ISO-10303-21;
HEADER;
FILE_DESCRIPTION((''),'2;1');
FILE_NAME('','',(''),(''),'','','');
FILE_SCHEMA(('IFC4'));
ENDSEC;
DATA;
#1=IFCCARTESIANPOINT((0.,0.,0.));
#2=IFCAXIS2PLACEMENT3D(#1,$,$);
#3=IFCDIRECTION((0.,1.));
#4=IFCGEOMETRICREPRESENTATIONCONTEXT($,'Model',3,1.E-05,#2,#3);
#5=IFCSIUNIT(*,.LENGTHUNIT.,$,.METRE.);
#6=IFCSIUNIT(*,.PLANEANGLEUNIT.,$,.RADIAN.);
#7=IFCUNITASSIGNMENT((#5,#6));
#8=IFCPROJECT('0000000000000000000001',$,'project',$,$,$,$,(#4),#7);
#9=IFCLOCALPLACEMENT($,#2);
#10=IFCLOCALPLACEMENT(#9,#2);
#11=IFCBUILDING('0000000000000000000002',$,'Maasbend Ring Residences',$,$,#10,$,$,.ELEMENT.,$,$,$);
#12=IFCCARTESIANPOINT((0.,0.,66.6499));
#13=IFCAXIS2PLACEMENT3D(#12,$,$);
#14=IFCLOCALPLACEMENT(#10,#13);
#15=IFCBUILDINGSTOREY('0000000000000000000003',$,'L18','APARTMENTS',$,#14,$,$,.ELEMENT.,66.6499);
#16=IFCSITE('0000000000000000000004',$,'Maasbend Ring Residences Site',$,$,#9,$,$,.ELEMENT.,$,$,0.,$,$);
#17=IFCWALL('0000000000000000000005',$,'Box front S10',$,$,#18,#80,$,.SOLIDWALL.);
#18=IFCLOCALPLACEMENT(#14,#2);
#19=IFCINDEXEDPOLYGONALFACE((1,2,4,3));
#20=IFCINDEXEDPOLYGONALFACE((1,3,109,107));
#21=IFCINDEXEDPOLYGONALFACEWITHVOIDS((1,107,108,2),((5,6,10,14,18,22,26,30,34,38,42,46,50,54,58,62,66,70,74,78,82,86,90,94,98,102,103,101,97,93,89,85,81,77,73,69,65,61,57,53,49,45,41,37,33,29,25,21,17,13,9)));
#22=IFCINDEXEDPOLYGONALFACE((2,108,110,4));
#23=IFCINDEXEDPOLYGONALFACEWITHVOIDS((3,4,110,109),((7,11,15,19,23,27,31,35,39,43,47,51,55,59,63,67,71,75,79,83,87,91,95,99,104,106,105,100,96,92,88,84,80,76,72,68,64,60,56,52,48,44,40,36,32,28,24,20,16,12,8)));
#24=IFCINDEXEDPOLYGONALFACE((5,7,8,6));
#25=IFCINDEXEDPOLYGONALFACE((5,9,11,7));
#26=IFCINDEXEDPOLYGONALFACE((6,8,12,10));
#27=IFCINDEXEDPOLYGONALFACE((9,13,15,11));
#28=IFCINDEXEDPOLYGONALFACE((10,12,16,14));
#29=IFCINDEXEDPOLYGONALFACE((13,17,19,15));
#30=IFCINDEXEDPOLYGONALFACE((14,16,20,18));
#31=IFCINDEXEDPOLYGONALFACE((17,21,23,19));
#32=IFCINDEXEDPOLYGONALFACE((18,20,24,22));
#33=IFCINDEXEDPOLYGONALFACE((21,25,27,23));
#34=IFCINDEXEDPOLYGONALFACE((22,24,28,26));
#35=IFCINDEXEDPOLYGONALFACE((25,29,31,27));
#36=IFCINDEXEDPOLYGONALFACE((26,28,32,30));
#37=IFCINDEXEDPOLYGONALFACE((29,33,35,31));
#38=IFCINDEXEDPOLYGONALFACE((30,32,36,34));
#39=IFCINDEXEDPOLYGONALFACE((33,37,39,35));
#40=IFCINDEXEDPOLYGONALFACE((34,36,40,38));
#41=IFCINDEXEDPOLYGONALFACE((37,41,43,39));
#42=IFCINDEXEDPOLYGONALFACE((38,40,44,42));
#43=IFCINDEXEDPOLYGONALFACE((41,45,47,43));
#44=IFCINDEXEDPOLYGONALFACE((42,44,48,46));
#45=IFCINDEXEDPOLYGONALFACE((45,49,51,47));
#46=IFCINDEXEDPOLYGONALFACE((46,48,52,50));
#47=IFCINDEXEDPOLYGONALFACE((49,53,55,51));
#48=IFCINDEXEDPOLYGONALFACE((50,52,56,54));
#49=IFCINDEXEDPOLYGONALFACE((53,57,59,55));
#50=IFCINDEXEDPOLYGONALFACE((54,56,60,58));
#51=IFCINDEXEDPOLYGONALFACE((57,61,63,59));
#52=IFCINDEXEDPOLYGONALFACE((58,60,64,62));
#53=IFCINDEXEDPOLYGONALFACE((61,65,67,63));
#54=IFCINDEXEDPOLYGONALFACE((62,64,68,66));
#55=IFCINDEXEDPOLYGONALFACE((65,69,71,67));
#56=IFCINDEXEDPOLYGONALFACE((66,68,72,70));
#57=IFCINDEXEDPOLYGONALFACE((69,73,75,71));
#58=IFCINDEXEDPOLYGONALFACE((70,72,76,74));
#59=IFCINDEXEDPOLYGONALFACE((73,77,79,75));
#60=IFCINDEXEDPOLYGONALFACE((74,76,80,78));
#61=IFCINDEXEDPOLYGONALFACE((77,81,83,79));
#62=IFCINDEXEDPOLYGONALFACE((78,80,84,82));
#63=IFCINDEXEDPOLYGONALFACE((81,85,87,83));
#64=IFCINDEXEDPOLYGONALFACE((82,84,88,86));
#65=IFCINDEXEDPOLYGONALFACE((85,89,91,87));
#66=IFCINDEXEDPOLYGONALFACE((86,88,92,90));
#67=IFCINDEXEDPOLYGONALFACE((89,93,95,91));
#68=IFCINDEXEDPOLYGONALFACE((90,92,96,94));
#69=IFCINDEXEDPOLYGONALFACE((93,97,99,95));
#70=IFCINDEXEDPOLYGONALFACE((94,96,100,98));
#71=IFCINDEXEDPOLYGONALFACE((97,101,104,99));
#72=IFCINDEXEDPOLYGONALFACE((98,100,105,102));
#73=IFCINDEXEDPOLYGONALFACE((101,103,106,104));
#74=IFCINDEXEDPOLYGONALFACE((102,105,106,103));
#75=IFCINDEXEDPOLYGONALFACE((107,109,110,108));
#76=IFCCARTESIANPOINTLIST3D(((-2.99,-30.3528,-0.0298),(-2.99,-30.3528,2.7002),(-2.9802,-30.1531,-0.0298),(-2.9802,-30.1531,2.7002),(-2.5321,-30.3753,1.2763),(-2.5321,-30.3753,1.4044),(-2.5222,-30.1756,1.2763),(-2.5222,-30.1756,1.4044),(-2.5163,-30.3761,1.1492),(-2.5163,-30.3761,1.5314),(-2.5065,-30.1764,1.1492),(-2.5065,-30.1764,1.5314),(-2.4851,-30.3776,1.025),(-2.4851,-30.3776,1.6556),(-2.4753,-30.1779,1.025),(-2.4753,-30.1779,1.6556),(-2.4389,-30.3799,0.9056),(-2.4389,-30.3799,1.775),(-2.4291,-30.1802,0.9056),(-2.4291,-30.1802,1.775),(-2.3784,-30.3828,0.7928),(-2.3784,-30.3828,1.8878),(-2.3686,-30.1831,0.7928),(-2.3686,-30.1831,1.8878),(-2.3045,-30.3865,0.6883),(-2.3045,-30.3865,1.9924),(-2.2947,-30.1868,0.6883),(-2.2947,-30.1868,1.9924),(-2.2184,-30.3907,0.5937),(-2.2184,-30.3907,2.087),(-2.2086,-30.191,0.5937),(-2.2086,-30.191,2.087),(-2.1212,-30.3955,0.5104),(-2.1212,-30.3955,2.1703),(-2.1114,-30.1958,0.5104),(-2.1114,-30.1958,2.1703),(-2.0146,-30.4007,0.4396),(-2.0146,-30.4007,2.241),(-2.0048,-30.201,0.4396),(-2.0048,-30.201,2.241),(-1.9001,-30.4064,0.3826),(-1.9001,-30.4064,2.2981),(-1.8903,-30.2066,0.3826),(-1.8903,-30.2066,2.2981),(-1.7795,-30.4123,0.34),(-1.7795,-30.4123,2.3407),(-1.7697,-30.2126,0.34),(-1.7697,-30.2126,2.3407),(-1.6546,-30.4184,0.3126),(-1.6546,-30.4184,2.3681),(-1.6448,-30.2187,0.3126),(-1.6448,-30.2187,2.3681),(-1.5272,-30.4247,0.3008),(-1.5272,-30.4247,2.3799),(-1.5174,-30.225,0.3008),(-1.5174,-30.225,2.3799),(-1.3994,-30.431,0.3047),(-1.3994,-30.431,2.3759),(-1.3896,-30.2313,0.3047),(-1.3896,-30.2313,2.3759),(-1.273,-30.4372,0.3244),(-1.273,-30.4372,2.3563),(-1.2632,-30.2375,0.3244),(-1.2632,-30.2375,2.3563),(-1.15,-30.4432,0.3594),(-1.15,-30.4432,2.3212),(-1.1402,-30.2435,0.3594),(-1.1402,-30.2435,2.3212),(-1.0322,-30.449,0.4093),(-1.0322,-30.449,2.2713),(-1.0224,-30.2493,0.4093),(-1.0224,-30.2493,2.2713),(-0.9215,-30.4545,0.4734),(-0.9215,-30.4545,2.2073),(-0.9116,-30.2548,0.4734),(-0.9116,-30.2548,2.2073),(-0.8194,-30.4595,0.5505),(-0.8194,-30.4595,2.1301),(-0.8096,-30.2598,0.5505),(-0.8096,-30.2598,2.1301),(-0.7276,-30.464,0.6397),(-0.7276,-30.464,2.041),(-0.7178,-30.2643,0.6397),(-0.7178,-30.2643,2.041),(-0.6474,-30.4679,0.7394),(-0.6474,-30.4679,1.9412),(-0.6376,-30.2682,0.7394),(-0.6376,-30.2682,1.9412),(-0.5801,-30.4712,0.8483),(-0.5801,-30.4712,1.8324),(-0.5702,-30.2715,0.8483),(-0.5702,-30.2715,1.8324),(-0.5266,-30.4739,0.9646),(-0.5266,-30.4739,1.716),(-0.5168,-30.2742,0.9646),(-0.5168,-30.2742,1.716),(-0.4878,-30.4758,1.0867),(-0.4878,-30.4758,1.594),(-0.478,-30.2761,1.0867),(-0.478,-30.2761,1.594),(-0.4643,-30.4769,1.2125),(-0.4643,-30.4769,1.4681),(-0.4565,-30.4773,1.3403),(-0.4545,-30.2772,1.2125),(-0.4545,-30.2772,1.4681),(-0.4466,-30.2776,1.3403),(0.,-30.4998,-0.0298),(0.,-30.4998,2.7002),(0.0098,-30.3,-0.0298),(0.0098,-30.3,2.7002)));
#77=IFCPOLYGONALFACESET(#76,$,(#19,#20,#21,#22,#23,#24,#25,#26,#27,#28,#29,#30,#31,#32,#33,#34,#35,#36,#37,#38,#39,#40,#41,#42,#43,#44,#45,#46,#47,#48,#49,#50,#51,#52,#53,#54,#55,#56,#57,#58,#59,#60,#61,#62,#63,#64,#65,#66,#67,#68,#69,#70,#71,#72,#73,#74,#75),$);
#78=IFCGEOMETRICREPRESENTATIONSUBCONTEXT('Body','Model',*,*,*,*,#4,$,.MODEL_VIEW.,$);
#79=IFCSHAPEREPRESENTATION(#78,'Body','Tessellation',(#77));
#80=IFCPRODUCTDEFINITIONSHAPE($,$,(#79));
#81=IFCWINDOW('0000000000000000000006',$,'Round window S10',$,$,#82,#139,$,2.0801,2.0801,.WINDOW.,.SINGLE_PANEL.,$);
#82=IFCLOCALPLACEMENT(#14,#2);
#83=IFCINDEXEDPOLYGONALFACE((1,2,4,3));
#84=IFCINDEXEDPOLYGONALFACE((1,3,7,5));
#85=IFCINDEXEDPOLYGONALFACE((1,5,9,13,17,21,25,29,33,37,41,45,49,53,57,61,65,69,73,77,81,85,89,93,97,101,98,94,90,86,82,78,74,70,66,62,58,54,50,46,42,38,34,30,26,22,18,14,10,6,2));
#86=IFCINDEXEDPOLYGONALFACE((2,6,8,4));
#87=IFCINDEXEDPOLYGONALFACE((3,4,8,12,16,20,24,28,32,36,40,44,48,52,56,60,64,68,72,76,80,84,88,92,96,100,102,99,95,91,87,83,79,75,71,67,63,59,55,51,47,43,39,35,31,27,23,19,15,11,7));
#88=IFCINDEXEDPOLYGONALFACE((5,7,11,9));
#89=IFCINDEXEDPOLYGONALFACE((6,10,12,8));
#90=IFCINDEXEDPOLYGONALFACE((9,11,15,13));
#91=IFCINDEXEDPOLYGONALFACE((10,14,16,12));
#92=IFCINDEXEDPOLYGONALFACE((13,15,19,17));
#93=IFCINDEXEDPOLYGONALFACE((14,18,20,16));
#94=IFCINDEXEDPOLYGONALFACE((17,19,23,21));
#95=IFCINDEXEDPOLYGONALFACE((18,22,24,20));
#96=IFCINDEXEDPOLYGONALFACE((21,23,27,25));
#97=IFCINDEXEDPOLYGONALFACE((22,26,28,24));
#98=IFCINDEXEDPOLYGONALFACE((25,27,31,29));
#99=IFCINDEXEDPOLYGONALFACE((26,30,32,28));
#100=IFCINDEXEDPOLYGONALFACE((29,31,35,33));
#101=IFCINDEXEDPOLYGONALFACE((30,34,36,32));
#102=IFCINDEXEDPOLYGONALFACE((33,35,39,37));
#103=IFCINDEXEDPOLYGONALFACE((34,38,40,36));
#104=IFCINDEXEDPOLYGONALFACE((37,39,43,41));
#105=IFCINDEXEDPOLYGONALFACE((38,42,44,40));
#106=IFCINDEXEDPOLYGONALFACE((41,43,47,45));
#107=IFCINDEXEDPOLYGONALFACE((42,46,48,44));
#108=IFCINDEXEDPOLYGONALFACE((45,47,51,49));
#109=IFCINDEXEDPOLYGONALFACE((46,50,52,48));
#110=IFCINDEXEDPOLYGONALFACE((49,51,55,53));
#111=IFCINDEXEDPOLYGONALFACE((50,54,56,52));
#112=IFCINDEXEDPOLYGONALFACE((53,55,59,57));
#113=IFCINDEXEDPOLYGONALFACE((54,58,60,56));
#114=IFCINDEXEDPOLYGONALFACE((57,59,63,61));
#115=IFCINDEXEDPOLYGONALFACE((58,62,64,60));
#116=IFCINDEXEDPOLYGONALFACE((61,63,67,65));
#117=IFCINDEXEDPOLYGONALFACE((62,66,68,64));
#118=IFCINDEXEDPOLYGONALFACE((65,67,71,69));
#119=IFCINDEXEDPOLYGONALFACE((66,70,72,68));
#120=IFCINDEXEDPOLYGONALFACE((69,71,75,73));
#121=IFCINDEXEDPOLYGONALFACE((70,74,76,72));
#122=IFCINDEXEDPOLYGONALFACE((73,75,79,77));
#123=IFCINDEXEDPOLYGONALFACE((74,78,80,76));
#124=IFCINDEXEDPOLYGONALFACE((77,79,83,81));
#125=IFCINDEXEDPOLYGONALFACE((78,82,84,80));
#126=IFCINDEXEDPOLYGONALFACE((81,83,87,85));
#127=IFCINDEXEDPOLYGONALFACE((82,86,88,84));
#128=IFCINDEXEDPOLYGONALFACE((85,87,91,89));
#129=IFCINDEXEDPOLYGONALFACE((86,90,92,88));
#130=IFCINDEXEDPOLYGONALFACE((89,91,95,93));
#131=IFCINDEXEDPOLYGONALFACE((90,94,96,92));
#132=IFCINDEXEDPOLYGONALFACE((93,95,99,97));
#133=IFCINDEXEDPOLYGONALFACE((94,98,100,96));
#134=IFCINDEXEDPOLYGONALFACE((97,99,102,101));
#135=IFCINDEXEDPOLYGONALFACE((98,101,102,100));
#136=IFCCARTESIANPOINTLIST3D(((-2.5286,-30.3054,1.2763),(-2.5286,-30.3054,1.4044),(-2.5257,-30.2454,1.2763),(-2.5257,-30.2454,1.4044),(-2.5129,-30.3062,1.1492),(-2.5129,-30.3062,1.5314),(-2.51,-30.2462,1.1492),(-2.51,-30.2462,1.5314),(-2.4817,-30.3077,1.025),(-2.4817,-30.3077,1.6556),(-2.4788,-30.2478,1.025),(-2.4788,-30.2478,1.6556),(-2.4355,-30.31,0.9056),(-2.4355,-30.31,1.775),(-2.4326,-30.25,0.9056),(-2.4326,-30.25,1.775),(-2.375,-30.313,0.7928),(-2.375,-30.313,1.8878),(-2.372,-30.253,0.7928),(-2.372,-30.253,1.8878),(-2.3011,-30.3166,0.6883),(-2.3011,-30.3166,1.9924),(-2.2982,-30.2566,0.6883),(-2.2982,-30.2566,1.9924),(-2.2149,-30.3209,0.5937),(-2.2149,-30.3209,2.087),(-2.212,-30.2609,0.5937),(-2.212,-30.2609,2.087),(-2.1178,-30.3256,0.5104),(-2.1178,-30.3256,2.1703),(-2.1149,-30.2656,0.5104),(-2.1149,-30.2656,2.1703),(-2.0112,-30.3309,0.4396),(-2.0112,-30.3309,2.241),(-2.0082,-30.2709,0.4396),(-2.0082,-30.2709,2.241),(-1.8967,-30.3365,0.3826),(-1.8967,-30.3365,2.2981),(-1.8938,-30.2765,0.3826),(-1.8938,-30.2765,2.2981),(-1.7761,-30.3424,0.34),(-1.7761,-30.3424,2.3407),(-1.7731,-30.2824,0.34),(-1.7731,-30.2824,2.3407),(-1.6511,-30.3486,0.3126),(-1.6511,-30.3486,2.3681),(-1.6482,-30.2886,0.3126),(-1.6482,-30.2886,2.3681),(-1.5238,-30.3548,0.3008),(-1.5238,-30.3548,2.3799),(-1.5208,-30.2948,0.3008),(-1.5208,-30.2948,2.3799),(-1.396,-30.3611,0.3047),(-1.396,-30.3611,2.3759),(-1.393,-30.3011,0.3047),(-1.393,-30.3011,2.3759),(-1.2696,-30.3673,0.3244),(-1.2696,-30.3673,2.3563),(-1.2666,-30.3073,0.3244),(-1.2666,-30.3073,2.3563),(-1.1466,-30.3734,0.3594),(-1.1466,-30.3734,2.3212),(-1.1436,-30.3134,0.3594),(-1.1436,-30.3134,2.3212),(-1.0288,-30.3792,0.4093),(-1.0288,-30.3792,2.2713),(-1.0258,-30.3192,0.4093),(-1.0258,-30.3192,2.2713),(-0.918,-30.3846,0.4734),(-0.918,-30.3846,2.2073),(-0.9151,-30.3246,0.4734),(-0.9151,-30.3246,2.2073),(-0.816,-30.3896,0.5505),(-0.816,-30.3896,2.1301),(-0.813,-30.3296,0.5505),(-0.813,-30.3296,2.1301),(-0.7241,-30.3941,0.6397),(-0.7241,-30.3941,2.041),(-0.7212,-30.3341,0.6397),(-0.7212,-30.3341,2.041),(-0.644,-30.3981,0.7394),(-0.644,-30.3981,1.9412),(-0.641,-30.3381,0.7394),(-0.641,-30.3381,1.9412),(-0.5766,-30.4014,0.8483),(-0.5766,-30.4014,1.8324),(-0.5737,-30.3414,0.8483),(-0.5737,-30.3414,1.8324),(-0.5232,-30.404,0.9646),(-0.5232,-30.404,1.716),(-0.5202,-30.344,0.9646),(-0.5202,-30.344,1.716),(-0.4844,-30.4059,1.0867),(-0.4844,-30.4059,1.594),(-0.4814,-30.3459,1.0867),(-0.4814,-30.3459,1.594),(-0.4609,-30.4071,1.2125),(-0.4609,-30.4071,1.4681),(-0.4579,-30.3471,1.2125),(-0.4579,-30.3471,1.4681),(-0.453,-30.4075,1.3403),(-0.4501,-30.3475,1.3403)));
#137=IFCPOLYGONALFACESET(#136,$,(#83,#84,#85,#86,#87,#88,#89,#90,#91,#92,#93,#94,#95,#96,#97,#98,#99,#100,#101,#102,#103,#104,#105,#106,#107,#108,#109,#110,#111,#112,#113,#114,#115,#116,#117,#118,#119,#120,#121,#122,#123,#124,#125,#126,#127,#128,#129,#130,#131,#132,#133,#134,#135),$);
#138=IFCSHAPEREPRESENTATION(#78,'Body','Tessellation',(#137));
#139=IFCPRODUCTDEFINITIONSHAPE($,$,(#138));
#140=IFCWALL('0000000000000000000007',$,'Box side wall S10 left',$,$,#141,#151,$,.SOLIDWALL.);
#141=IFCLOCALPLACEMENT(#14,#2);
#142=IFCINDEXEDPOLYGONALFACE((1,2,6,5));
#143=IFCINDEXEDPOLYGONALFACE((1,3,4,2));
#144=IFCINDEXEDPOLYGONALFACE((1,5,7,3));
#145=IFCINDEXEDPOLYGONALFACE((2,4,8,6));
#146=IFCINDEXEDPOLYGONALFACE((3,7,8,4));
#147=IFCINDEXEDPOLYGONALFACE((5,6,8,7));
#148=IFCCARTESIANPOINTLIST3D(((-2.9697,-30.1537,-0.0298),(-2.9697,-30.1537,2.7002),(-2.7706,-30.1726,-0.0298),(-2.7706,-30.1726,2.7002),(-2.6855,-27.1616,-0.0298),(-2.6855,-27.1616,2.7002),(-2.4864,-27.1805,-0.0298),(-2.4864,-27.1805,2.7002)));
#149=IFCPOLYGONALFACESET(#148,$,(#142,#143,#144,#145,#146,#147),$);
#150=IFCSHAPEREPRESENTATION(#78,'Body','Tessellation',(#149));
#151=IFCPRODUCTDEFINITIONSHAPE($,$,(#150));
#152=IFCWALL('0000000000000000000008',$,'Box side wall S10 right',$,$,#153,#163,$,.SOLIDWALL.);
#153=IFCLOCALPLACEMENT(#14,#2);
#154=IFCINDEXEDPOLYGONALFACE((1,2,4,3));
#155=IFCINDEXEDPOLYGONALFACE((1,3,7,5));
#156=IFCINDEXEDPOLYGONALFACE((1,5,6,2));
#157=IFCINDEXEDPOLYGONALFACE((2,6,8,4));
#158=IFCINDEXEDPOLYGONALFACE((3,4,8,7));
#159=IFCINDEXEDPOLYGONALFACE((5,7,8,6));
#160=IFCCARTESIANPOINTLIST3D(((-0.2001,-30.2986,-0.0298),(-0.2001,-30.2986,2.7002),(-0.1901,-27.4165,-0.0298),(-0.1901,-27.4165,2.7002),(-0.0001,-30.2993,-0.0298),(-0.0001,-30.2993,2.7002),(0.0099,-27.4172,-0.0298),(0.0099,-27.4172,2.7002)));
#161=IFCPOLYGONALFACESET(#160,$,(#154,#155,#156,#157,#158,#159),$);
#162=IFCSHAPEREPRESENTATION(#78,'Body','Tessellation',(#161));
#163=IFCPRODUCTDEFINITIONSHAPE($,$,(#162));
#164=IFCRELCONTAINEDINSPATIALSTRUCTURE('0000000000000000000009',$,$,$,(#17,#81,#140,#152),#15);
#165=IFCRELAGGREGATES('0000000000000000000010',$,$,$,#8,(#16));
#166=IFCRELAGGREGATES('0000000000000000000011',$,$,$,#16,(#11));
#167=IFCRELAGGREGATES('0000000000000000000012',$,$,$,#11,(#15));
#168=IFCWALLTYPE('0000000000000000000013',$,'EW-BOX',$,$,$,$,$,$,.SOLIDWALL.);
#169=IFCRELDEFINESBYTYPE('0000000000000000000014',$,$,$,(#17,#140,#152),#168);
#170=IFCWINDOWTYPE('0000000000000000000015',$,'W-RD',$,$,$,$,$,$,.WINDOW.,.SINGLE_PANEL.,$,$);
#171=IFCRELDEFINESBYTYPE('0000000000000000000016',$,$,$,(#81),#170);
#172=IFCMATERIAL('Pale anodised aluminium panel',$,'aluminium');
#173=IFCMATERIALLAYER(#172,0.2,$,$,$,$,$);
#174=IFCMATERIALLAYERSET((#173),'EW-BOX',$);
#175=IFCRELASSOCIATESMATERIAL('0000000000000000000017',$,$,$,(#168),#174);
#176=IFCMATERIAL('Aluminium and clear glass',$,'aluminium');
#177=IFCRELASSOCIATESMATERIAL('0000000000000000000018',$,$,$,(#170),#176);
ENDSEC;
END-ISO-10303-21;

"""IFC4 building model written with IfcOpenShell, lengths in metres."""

from ifc_helpers import new_model, si_unit, direction, frame, frame_2d, origin, place, context, subcontext, project, spatial, rectangle, circle, extrude, material, layer, layer_set, type_object, element, fill, save


model = new_model("IFC4")

# Units and contexts
model_context = context("Model", 3, precision=1e-05, world=origin(), true_north=direction((0.0, 1.0)))
body_context = subcontext(model_context, "Body", "Model", "MODEL_VIEW")
ifc_project = project(units=[si_unit("LENGTHUNIT", "METRE"), si_unit("PLANEANGLEUNIT", "RADIAN")], contexts=[model_context])

# Site, building, storey
site_placement = place(None, origin())
site = spatial("IfcSite", under=ifc_project, at=site_placement, Name="Maasbend Ring Residences Site", CompositionType="ELEMENT", RefElevation=0.0)
building_placement = place(site_placement, origin())
building = spatial("IfcBuilding", under=site, at=building_placement, Name="Maasbend Ring Residences", CompositionType="ELEMENT")
storey_placement = place(building_placement, frame((0.0, 0.0, 66.6499)))
storey = spatial("IfcBuildingStorey", under=building, at=storey_placement, Name="L18", Description="APARTMENTS", CompositionType="ELEMENT", Elevation=66.6499)

# Shared definitions
ifc_material_1 = material(Name="Pale anodised aluminium panel", Category="aluminium")
ifc_layer_1 = layer(ifc_material_1, 0.2)
ifc_layer_set_1 = layer_set([ifc_layer_1], Name="EW-BOX")
wall_type_1 = type_object("IfcWallType", Name="EW-BOX", PredefinedType="SOLIDWALL", material=ifc_layer_set_1)
ifc_material_2 = material(Name="Aluminium and clear glass", Category="aluminium")
window_type_1 = type_object("IfcWindowType", Name="W-RD", PartitioningType="SINGLE_PANEL", PredefinedType="WINDOW", material=ifc_material_2)

# Wall, opening, window
wall_1_placement = place(storey_placement, frame((-2.9851, -30.2529, -0.0298), z_axis=(0.0, 0.0, 1.0), x_axis=(0.998794, -0.049096, 0.0)))
wall_1 = element("IfcWall", 1, at=wall_1_placement, inside=storey, type_object=wall_type_1, Name="Box front S10", PredefinedType="SOLIDWALL", context=body_context, shape_type="SweptSolid", body=[
    extrude(rectangle(XDim=2.9937, YDim=0.2, at=frame_2d((1.4968, 0.0))), origin(), (0.0, 0.0, 1.0), 2.73),
])
opening_1_placement = place(wall_1_placement, frame((0.4565, 0.0, 0.3301)))
opening_1 = element("IfcOpeningElement", 2, at=opening_1_placement, cuts=wall_1, PredefinedType="OPENING", context=body_context, shape_type="SweptSolid", body=[
    extrude(circle(Radius=1.04, at=frame_2d((1.04, 1.04))), frame((0.0, 0.1099, 0.0), z_axis=(0.0, -1.0, 0.0), x_axis=(1.0, 0.0, 0.0)), (0.0, 0.0, 1.0), 0.22),
])
window_1_placement = place(opening_1_placement, origin())
window_1 = element("IfcWindow", 3, at=window_1_placement, inside=storey, type_object=window_type_1, Name="Round window S10", OverallHeight=2.0801, OverallWidth=2.0801, PartitioningType="SINGLE_PANEL", PredefinedType="WINDOW", context=body_context, shape_type="SweptSolid", body=[
    extrude(circle(Radius=1.04, at=frame_2d((1.04, 1.04))), frame((0.0, 0.03, 0.0), z_axis=(0.0, -1.0, 0.0), x_axis=(1.0, 0.0, 0.0)), (0.0, 0.0, 1.0), 0.0601),
])
fill(opening_1, window_1)

# Walls
wall_2_placement = place(storey_placement, frame((-2.5859, -27.1709, -0.0298), z_axis=(0.0, 0.0, 1.0), x_axis=(-0.094548, -0.99552, 0.0)))
element("IfcWall", 4, at=wall_2_placement, inside=storey, type_object=wall_type_1, Name="Box side wall S10 left", PredefinedType="SOLIDWALL", context=body_context, shape_type="SweptSolid", body=[
    extrude(rectangle(XDim=3.0056, YDim=0.2, at=frame_2d((1.5029, 0.0))), origin(), (0.0, 0.0, 1.0), 2.73),
])
wall_3_placement = place(storey_placement, frame((-0.0901, -27.417, -0.0298), z_axis=(0.0, 0.0, 1.0), x_axis=(-0.003473, -0.999994, 0.0)))
element("IfcWall", 5, at=wall_3_placement, inside=storey, type_object=wall_type_1, Name="Box side wall S10 right", PredefinedType="SOLIDWALL", context=body_context, shape_type="SweptSolid", body=[
    extrude(rectangle(XDim=2.8821, YDim=0.2, at=frame_2d((1.4409, 0.0))), origin(), (0.0, 0.0, 1.0), 2.73),
])

save(model, "model.ifc")
